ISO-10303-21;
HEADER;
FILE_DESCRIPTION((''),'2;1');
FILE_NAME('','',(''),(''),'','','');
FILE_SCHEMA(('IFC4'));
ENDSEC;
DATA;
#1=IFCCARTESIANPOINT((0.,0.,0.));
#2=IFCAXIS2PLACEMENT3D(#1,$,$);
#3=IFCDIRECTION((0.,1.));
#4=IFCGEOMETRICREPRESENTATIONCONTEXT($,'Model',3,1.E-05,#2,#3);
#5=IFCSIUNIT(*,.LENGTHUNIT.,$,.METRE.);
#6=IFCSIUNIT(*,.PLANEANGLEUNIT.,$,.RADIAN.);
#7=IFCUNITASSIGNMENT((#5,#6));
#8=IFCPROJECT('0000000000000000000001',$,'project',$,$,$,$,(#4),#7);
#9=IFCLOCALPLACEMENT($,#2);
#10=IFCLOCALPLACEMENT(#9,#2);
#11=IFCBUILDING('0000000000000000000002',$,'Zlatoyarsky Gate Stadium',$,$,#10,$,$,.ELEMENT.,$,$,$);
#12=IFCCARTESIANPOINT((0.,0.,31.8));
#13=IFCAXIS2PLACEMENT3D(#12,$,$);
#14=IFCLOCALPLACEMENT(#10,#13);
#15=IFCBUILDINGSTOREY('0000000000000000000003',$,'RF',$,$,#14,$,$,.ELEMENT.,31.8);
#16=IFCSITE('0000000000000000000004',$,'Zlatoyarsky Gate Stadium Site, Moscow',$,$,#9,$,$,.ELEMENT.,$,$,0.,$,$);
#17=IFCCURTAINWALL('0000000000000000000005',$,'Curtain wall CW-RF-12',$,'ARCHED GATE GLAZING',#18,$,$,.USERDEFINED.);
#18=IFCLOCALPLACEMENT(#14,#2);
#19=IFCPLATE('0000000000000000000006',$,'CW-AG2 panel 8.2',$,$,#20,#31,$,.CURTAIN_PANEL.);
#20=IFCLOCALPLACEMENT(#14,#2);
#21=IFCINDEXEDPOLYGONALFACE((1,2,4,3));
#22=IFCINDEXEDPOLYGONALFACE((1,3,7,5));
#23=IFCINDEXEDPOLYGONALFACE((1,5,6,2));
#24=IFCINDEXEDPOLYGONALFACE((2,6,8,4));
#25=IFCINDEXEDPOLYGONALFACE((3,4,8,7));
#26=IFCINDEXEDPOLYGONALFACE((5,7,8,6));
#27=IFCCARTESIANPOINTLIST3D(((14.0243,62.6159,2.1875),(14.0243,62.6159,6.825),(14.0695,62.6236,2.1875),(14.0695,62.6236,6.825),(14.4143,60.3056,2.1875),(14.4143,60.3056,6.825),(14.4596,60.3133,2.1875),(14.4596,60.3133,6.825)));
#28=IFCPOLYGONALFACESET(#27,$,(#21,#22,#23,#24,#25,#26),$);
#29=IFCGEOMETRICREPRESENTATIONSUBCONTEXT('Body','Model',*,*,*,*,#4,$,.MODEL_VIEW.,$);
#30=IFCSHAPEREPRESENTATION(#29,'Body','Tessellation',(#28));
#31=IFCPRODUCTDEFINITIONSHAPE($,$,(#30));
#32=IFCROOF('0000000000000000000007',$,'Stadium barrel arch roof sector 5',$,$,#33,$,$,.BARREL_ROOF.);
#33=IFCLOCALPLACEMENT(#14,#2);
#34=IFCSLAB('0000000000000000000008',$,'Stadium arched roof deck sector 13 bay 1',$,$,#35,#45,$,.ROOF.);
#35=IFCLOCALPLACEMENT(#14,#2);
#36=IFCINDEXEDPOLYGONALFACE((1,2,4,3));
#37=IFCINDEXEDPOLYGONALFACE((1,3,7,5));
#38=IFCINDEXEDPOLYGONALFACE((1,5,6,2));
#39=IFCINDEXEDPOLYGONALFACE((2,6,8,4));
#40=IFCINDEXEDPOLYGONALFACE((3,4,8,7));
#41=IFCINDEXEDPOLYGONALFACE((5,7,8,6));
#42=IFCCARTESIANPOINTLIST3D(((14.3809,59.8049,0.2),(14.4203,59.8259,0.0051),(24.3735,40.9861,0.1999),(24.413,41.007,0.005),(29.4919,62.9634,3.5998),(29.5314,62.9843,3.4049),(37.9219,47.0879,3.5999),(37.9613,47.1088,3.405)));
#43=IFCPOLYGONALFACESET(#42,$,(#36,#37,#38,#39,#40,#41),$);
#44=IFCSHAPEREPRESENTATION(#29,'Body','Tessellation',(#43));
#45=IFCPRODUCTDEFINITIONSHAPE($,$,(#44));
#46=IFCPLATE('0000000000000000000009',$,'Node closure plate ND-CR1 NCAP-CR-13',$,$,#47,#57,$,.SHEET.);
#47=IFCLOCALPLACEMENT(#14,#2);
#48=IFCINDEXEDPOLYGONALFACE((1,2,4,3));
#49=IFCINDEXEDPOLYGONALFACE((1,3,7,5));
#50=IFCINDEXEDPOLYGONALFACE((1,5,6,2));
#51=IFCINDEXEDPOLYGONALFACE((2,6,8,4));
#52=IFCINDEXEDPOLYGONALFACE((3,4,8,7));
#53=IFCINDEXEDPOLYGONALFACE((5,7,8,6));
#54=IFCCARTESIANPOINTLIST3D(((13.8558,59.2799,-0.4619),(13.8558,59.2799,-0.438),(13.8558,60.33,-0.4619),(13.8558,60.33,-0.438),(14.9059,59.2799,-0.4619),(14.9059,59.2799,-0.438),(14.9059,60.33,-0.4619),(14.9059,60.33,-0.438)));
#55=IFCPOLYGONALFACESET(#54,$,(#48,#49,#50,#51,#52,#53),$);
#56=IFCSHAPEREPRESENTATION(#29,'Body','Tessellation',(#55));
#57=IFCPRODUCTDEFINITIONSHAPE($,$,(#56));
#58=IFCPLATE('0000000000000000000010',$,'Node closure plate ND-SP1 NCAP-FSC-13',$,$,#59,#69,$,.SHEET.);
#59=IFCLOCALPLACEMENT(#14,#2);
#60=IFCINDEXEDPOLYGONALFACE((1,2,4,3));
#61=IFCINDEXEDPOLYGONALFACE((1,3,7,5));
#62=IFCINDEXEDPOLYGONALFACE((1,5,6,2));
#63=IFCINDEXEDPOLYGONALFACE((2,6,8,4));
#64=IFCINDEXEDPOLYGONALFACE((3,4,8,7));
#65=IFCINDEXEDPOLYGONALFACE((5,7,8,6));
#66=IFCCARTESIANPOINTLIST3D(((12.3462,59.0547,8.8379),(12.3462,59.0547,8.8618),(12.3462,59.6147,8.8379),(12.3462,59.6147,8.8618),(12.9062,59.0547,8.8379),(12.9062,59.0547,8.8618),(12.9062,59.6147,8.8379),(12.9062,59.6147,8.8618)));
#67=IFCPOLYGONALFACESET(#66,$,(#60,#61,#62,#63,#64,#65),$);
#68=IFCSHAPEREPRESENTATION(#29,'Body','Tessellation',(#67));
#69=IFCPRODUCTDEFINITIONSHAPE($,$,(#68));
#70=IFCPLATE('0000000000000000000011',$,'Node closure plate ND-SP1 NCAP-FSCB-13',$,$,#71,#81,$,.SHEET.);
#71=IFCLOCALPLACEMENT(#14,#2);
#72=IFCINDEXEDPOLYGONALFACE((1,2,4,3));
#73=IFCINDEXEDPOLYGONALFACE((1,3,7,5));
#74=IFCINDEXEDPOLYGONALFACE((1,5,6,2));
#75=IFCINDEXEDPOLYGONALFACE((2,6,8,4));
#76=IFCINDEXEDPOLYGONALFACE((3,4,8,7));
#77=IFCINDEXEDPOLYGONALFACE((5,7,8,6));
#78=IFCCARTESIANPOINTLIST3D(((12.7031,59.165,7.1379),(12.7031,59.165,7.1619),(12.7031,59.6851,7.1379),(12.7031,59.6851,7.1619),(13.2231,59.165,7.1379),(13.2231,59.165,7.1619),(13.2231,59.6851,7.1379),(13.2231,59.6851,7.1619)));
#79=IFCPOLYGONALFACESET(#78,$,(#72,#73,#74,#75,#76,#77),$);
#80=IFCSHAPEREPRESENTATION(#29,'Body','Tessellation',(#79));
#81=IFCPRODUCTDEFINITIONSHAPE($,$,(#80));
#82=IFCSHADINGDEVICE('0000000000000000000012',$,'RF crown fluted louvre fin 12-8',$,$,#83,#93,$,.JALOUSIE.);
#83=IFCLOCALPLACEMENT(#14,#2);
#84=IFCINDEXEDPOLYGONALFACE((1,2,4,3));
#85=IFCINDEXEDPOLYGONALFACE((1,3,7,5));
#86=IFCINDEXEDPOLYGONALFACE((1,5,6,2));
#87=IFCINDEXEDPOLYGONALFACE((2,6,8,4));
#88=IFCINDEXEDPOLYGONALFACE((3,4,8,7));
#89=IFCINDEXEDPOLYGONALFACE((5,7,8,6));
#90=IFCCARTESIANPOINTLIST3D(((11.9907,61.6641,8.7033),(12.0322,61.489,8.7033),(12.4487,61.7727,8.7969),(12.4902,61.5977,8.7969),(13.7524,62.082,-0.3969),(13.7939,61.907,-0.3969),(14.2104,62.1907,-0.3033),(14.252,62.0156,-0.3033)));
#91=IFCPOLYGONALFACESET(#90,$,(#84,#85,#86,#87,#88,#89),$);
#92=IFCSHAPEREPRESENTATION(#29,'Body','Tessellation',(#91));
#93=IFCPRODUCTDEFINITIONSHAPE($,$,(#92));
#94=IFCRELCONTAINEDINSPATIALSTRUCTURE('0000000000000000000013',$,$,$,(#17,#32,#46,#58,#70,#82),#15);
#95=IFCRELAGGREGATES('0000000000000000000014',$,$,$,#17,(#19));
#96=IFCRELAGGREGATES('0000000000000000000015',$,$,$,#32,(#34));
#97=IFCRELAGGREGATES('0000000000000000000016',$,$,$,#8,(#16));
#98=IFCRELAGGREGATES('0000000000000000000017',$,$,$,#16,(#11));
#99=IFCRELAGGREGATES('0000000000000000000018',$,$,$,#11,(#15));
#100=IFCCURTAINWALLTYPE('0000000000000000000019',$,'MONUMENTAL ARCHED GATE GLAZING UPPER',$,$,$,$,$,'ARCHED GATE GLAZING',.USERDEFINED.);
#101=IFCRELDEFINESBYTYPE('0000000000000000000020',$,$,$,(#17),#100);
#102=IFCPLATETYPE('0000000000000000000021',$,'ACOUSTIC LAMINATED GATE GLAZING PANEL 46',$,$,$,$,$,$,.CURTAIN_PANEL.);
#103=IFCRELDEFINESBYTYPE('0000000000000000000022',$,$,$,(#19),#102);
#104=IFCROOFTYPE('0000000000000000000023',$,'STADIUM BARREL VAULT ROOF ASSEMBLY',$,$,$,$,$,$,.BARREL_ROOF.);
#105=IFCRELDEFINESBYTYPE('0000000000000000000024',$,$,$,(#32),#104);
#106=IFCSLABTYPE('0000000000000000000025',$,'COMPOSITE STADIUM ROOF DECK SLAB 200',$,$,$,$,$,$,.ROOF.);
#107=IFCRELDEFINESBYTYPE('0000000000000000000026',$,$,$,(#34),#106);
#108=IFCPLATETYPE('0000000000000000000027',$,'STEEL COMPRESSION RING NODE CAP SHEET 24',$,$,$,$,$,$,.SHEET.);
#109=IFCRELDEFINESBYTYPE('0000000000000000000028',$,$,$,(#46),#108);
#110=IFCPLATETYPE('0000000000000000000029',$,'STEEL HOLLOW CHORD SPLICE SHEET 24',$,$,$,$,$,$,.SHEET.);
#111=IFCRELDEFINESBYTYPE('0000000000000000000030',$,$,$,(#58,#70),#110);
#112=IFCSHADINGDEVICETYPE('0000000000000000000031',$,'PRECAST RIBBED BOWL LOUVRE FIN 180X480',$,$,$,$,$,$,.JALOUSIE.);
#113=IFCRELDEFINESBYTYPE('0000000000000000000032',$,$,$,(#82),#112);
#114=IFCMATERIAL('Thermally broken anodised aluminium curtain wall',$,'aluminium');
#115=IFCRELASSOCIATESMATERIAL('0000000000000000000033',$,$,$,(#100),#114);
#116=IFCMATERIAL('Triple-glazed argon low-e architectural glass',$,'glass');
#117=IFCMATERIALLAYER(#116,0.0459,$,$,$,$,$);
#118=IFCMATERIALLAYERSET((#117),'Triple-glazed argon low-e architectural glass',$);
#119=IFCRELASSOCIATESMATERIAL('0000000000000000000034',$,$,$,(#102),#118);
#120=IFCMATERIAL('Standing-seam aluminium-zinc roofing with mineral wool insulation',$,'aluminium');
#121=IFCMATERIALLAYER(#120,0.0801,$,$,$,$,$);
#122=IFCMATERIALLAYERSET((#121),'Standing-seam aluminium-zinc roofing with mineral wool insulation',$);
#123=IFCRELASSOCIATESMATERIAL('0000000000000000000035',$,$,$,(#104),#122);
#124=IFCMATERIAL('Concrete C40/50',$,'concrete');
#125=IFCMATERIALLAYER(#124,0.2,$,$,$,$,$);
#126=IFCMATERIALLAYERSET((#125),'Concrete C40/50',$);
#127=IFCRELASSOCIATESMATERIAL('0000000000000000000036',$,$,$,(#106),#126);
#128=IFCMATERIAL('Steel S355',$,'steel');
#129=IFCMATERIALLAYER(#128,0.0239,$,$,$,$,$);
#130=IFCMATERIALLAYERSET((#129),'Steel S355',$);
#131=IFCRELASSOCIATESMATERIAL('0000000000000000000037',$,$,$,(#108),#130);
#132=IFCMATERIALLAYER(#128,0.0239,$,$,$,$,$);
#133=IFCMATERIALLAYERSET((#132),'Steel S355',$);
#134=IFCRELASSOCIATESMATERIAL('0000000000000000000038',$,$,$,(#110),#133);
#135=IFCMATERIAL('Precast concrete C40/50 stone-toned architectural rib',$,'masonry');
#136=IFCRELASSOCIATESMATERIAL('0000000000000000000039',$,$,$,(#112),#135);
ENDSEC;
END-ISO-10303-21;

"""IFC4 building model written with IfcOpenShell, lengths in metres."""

from ifc_helpers import new_model, si_unit, direction, frame, origin, origin_2d, place, context, subcontext, project, spatial, polyline, rectangle, outline, extrude, material, layer, layer_set, material_profile, profile_set, type_object, element, aggregate, save


model = new_model("IFC4")

# Units and contexts
model_context = context("Model", 3, precision=1e-05, world=origin(), true_north=direction((0.0, 1.0)))
body_context = subcontext(model_context, "Body", "Model", "MODEL_VIEW")
ifc_project = project(units=[si_unit("LENGTHUNIT", "METRE"), si_unit("PLANEANGLEUNIT", "RADIAN")], contexts=[model_context])

# Site, building, storey
site_placement = place(None, origin())
site = spatial("IfcSite", under=ifc_project, at=site_placement, Name="Zlatoyarsky Gate Stadium Site, Moscow", CompositionType="ELEMENT", RefElevation=0.0)
building_placement = place(site_placement, origin())
building = spatial("IfcBuilding", under=site, at=building_placement, Name="Zlatoyarsky Gate Stadium", CompositionType="ELEMENT")
storey_placement = place(building_placement, frame((0.0, 0.0, 31.8)))
storey = spatial("IfcBuildingStorey", under=building, at=storey_placement, Name="RF", CompositionType="ELEMENT", Elevation=31.8)

# Curtain wall
ifc_material_1 = material(Name="Thermally broken anodised aluminium curtain wall", Category="aluminium")
curtain_wall_type = type_object("IfcCurtainWallType", Name="MONUMENTAL ARCHED GATE GLAZING UPPER", ElementType="ARCHED GATE GLAZING", PredefinedType="USERDEFINED", material=ifc_material_1)
curtain_wall_placement = place(storey_placement, origin())
curtain_wall = element("IfcCurtainWall", 1, at=curtain_wall_placement, inside=storey, type_object=curtain_wall_type, Name="Curtain wall CW-RF-12", ObjectType="ARCHED GATE GLAZING", PredefinedType="USERDEFINED")

# Shared definitions
ifc_material_2 = material(Name="Steel S355", Category="steel")

# Plate
ifc_material_3 = material(Name="Triple-glazed argon low-e architectural glass", Category="glass")
ifc_layer_1 = layer(ifc_material_3, 0.0459)
ifc_layer_set_1 = layer_set([ifc_layer_1], Name="Triple-glazed argon low-e architectural glass")
plate_type_1 = type_object("IfcPlateType", Name="ACOUSTIC LAMINATED GATE GLAZING PANEL 46", PredefinedType="CURTAIN_PANEL", material=ifc_layer_set_1)
plate_1_placement = place(storey_placement, frame((14.2419, 61.4646, 2.1875), z_axis=(0.0, 0.0, 1.0), x_axis=(0.166482, -0.986044, 0.0)))
plate_1 = element("IfcPlate", 2, at=plate_1_placement, type_object=plate_type_1, Name="CW-AG2 panel 8.2", PredefinedType="CURTAIN_PANEL", context=body_context, shape_type="SweptSolid", body=[
    extrude(rectangle(XDim=2.343, YDim=0.0459, at=origin_2d()), origin(), (0.0, 0.0, 1.0), 4.6375),
])
aggregate(curtain_wall, [plate_1])

# Roof, slab
ifc_material_4 = material(Name="Standing-seam aluminium-zinc roofing with mineral wool insulation", Category="aluminium")
ifc_layer_2 = layer(ifc_material_4, 0.0801)
ifc_layer_set_2 = layer_set([ifc_layer_2], Name="Standing-seam aluminium-zinc roofing with mineral wool insulation")
roof_type = type_object("IfcRoofType", Name="STADIUM BARREL VAULT ROOF ASSEMBLY", PredefinedType="BARREL_ROOF", material=ifc_layer_set_2)
roof_placement = place(storey_placement, origin())
roof = element("IfcRoof", 3, at=roof_placement, inside=storey, type_object=roof_type, Name="Stadium barrel arch roof sector 5", PredefinedType="BARREL_ROOF")
ifc_material_5 = material(Name="Concrete C40/50", Category="concrete")
ifc_layer_3 = layer(ifc_material_5, 0.2)
ifc_layer_set_3 = layer_set([ifc_layer_3], Name="Concrete C40/50")
slab_type = type_object("IfcSlabType", Name="COMPOSITE STADIUM ROOF DECK SLAB 200", PredefinedType="ROOF", material=ifc_layer_set_3)
slab_placement = place(storey_placement, frame((14.3809, 59.8049, 0.2), z_axis=(-0.197394, -0.104815, 0.974705), x_axis=(0.468978, -0.88321, -0.000001)))
slab = element("IfcSlab", 4, at=slab_placement, type_object=slab_type, Name="Stadium arched roof deck sector 13 bay 1", PredefinedType="ROOF", context=body_context, shape_type="SweptSolid", body=[
    extrude(outline(polyline([(0.0, 0.0), (21.3073, 0.0), (22.272, 15.2124), (4.2972, 15.2123), (0.0, 0.0)])), origin(), (0.0, 0.0, -1.0), 0.2),
])
aggregate(roof, [slab])

# Plates
ifc_layer_4 = layer(ifc_material_2, 0.0239)
ifc_layer_set_4 = layer_set([ifc_layer_4], Name="Steel S355")
plate_type_2 = type_object("IfcPlateType", Name="STEEL COMPRESSION RING NODE CAP SHEET 24", PredefinedType="SHEET", material=ifc_layer_set_4)
plate_2_placement = place(storey_placement, frame((14.3809, 59.8049, -0.4619), z_axis=(0.0, 0.0, 1.0), x_axis=(1.0, 0.0, 0.0)))
element("IfcPlate", 5, at=plate_2_placement, inside=storey, type_object=plate_type_2, Name="Node closure plate ND-CR1 NCAP-CR-13", PredefinedType="SHEET", context=body_context, shape_type="SweptSolid", body=[
    extrude(rectangle(XDim=1.05, YDim=1.05, at=origin_2d()), origin(), (0.0, 0.0, 1.0), 0.0239),
])
ifc_layer_5 = layer(ifc_material_2, 0.0239)
ifc_layer_set_5 = layer_set([ifc_layer_5], Name="Steel S355")
plate_type_3 = type_object("IfcPlateType", Name="STEEL HOLLOW CHORD SPLICE SHEET 24", PredefinedType="SHEET", material=ifc_layer_set_5)
plate_3_placement = place(storey_placement, frame((12.6262, 59.3347, 8.8379), z_axis=(0.0, 0.0, 1.0), x_axis=(1.0, 0.0, 0.0)))
element("IfcPlate", 6, at=plate_3_placement, inside=storey, type_object=plate_type_3, Name="Node closure plate ND-SP1 NCAP-FSC-13", PredefinedType="SHEET", context=body_context, shape_type="SweptSolid", body=[
    extrude(rectangle(XDim=0.5601, YDim=0.5601, at=origin_2d()), origin(), (0.0, 0.0, 1.0), 0.0239),
])
plate_4_placement = place(storey_placement, frame((12.9631, 59.425, 7.1379), z_axis=(0.0, 0.0, 1.0), x_axis=(1.0, 0.0, 0.0)))
element("IfcPlate", 7, at=plate_4_placement, inside=storey, type_object=plate_type_3, Name="Node closure plate ND-SP1 NCAP-FSCB-13", PredefinedType="SHEET", context=body_context, shape_type="SweptSolid", body=[
    extrude(rectangle(XDim=0.52, YDim=0.52, at=origin_2d()), origin(), (0.0, 0.0, 1.0), 0.0239),
])

# Shading device
ifc_material_6 = material(Name="Precast concrete C40/50 stone-toned architectural rib", Category="masonry")
ifc_material_profile_1 = material_profile(ifc_material_6, rectangle(XDim=0.1799, YDim=0.48, at=origin_2d()), Name="RIB 180X480")
ifc_profile_set_1 = profile_set([ifc_material_profile_1], Name="Precast concrete C40/50 stone-toned architectural rib")
shading_device_type = type_object("IfcShadingDeviceType", Name="PRECAST RIBBED BOWL LOUVRE FIN 180X480", PredefinedType="JALOUSIE", material=ifc_profile_set_1)
shading_device_placement = place(storey_placement, frame((14.0022, 62.0488, -0.3501), z_axis=(-0.189872, -0.045047, 0.980775), x_axis=(0.230843, -0.972991, 0.0)))
element("IfcShadingDevice", 8, at=shading_device_placement, inside=storey, type_object=shading_device_type, Name="RF crown fluted louvre fin 12-8", PredefinedType="JALOUSIE", context=body_context, shape_type="SweptSolid", body=[
    extrude(rectangle(XDim=0.1799, YDim=0.48, at=origin_2d()), origin(), (0.0, 0.0, 1.0), 9.2786),
])

save(model, "model.ifc")
